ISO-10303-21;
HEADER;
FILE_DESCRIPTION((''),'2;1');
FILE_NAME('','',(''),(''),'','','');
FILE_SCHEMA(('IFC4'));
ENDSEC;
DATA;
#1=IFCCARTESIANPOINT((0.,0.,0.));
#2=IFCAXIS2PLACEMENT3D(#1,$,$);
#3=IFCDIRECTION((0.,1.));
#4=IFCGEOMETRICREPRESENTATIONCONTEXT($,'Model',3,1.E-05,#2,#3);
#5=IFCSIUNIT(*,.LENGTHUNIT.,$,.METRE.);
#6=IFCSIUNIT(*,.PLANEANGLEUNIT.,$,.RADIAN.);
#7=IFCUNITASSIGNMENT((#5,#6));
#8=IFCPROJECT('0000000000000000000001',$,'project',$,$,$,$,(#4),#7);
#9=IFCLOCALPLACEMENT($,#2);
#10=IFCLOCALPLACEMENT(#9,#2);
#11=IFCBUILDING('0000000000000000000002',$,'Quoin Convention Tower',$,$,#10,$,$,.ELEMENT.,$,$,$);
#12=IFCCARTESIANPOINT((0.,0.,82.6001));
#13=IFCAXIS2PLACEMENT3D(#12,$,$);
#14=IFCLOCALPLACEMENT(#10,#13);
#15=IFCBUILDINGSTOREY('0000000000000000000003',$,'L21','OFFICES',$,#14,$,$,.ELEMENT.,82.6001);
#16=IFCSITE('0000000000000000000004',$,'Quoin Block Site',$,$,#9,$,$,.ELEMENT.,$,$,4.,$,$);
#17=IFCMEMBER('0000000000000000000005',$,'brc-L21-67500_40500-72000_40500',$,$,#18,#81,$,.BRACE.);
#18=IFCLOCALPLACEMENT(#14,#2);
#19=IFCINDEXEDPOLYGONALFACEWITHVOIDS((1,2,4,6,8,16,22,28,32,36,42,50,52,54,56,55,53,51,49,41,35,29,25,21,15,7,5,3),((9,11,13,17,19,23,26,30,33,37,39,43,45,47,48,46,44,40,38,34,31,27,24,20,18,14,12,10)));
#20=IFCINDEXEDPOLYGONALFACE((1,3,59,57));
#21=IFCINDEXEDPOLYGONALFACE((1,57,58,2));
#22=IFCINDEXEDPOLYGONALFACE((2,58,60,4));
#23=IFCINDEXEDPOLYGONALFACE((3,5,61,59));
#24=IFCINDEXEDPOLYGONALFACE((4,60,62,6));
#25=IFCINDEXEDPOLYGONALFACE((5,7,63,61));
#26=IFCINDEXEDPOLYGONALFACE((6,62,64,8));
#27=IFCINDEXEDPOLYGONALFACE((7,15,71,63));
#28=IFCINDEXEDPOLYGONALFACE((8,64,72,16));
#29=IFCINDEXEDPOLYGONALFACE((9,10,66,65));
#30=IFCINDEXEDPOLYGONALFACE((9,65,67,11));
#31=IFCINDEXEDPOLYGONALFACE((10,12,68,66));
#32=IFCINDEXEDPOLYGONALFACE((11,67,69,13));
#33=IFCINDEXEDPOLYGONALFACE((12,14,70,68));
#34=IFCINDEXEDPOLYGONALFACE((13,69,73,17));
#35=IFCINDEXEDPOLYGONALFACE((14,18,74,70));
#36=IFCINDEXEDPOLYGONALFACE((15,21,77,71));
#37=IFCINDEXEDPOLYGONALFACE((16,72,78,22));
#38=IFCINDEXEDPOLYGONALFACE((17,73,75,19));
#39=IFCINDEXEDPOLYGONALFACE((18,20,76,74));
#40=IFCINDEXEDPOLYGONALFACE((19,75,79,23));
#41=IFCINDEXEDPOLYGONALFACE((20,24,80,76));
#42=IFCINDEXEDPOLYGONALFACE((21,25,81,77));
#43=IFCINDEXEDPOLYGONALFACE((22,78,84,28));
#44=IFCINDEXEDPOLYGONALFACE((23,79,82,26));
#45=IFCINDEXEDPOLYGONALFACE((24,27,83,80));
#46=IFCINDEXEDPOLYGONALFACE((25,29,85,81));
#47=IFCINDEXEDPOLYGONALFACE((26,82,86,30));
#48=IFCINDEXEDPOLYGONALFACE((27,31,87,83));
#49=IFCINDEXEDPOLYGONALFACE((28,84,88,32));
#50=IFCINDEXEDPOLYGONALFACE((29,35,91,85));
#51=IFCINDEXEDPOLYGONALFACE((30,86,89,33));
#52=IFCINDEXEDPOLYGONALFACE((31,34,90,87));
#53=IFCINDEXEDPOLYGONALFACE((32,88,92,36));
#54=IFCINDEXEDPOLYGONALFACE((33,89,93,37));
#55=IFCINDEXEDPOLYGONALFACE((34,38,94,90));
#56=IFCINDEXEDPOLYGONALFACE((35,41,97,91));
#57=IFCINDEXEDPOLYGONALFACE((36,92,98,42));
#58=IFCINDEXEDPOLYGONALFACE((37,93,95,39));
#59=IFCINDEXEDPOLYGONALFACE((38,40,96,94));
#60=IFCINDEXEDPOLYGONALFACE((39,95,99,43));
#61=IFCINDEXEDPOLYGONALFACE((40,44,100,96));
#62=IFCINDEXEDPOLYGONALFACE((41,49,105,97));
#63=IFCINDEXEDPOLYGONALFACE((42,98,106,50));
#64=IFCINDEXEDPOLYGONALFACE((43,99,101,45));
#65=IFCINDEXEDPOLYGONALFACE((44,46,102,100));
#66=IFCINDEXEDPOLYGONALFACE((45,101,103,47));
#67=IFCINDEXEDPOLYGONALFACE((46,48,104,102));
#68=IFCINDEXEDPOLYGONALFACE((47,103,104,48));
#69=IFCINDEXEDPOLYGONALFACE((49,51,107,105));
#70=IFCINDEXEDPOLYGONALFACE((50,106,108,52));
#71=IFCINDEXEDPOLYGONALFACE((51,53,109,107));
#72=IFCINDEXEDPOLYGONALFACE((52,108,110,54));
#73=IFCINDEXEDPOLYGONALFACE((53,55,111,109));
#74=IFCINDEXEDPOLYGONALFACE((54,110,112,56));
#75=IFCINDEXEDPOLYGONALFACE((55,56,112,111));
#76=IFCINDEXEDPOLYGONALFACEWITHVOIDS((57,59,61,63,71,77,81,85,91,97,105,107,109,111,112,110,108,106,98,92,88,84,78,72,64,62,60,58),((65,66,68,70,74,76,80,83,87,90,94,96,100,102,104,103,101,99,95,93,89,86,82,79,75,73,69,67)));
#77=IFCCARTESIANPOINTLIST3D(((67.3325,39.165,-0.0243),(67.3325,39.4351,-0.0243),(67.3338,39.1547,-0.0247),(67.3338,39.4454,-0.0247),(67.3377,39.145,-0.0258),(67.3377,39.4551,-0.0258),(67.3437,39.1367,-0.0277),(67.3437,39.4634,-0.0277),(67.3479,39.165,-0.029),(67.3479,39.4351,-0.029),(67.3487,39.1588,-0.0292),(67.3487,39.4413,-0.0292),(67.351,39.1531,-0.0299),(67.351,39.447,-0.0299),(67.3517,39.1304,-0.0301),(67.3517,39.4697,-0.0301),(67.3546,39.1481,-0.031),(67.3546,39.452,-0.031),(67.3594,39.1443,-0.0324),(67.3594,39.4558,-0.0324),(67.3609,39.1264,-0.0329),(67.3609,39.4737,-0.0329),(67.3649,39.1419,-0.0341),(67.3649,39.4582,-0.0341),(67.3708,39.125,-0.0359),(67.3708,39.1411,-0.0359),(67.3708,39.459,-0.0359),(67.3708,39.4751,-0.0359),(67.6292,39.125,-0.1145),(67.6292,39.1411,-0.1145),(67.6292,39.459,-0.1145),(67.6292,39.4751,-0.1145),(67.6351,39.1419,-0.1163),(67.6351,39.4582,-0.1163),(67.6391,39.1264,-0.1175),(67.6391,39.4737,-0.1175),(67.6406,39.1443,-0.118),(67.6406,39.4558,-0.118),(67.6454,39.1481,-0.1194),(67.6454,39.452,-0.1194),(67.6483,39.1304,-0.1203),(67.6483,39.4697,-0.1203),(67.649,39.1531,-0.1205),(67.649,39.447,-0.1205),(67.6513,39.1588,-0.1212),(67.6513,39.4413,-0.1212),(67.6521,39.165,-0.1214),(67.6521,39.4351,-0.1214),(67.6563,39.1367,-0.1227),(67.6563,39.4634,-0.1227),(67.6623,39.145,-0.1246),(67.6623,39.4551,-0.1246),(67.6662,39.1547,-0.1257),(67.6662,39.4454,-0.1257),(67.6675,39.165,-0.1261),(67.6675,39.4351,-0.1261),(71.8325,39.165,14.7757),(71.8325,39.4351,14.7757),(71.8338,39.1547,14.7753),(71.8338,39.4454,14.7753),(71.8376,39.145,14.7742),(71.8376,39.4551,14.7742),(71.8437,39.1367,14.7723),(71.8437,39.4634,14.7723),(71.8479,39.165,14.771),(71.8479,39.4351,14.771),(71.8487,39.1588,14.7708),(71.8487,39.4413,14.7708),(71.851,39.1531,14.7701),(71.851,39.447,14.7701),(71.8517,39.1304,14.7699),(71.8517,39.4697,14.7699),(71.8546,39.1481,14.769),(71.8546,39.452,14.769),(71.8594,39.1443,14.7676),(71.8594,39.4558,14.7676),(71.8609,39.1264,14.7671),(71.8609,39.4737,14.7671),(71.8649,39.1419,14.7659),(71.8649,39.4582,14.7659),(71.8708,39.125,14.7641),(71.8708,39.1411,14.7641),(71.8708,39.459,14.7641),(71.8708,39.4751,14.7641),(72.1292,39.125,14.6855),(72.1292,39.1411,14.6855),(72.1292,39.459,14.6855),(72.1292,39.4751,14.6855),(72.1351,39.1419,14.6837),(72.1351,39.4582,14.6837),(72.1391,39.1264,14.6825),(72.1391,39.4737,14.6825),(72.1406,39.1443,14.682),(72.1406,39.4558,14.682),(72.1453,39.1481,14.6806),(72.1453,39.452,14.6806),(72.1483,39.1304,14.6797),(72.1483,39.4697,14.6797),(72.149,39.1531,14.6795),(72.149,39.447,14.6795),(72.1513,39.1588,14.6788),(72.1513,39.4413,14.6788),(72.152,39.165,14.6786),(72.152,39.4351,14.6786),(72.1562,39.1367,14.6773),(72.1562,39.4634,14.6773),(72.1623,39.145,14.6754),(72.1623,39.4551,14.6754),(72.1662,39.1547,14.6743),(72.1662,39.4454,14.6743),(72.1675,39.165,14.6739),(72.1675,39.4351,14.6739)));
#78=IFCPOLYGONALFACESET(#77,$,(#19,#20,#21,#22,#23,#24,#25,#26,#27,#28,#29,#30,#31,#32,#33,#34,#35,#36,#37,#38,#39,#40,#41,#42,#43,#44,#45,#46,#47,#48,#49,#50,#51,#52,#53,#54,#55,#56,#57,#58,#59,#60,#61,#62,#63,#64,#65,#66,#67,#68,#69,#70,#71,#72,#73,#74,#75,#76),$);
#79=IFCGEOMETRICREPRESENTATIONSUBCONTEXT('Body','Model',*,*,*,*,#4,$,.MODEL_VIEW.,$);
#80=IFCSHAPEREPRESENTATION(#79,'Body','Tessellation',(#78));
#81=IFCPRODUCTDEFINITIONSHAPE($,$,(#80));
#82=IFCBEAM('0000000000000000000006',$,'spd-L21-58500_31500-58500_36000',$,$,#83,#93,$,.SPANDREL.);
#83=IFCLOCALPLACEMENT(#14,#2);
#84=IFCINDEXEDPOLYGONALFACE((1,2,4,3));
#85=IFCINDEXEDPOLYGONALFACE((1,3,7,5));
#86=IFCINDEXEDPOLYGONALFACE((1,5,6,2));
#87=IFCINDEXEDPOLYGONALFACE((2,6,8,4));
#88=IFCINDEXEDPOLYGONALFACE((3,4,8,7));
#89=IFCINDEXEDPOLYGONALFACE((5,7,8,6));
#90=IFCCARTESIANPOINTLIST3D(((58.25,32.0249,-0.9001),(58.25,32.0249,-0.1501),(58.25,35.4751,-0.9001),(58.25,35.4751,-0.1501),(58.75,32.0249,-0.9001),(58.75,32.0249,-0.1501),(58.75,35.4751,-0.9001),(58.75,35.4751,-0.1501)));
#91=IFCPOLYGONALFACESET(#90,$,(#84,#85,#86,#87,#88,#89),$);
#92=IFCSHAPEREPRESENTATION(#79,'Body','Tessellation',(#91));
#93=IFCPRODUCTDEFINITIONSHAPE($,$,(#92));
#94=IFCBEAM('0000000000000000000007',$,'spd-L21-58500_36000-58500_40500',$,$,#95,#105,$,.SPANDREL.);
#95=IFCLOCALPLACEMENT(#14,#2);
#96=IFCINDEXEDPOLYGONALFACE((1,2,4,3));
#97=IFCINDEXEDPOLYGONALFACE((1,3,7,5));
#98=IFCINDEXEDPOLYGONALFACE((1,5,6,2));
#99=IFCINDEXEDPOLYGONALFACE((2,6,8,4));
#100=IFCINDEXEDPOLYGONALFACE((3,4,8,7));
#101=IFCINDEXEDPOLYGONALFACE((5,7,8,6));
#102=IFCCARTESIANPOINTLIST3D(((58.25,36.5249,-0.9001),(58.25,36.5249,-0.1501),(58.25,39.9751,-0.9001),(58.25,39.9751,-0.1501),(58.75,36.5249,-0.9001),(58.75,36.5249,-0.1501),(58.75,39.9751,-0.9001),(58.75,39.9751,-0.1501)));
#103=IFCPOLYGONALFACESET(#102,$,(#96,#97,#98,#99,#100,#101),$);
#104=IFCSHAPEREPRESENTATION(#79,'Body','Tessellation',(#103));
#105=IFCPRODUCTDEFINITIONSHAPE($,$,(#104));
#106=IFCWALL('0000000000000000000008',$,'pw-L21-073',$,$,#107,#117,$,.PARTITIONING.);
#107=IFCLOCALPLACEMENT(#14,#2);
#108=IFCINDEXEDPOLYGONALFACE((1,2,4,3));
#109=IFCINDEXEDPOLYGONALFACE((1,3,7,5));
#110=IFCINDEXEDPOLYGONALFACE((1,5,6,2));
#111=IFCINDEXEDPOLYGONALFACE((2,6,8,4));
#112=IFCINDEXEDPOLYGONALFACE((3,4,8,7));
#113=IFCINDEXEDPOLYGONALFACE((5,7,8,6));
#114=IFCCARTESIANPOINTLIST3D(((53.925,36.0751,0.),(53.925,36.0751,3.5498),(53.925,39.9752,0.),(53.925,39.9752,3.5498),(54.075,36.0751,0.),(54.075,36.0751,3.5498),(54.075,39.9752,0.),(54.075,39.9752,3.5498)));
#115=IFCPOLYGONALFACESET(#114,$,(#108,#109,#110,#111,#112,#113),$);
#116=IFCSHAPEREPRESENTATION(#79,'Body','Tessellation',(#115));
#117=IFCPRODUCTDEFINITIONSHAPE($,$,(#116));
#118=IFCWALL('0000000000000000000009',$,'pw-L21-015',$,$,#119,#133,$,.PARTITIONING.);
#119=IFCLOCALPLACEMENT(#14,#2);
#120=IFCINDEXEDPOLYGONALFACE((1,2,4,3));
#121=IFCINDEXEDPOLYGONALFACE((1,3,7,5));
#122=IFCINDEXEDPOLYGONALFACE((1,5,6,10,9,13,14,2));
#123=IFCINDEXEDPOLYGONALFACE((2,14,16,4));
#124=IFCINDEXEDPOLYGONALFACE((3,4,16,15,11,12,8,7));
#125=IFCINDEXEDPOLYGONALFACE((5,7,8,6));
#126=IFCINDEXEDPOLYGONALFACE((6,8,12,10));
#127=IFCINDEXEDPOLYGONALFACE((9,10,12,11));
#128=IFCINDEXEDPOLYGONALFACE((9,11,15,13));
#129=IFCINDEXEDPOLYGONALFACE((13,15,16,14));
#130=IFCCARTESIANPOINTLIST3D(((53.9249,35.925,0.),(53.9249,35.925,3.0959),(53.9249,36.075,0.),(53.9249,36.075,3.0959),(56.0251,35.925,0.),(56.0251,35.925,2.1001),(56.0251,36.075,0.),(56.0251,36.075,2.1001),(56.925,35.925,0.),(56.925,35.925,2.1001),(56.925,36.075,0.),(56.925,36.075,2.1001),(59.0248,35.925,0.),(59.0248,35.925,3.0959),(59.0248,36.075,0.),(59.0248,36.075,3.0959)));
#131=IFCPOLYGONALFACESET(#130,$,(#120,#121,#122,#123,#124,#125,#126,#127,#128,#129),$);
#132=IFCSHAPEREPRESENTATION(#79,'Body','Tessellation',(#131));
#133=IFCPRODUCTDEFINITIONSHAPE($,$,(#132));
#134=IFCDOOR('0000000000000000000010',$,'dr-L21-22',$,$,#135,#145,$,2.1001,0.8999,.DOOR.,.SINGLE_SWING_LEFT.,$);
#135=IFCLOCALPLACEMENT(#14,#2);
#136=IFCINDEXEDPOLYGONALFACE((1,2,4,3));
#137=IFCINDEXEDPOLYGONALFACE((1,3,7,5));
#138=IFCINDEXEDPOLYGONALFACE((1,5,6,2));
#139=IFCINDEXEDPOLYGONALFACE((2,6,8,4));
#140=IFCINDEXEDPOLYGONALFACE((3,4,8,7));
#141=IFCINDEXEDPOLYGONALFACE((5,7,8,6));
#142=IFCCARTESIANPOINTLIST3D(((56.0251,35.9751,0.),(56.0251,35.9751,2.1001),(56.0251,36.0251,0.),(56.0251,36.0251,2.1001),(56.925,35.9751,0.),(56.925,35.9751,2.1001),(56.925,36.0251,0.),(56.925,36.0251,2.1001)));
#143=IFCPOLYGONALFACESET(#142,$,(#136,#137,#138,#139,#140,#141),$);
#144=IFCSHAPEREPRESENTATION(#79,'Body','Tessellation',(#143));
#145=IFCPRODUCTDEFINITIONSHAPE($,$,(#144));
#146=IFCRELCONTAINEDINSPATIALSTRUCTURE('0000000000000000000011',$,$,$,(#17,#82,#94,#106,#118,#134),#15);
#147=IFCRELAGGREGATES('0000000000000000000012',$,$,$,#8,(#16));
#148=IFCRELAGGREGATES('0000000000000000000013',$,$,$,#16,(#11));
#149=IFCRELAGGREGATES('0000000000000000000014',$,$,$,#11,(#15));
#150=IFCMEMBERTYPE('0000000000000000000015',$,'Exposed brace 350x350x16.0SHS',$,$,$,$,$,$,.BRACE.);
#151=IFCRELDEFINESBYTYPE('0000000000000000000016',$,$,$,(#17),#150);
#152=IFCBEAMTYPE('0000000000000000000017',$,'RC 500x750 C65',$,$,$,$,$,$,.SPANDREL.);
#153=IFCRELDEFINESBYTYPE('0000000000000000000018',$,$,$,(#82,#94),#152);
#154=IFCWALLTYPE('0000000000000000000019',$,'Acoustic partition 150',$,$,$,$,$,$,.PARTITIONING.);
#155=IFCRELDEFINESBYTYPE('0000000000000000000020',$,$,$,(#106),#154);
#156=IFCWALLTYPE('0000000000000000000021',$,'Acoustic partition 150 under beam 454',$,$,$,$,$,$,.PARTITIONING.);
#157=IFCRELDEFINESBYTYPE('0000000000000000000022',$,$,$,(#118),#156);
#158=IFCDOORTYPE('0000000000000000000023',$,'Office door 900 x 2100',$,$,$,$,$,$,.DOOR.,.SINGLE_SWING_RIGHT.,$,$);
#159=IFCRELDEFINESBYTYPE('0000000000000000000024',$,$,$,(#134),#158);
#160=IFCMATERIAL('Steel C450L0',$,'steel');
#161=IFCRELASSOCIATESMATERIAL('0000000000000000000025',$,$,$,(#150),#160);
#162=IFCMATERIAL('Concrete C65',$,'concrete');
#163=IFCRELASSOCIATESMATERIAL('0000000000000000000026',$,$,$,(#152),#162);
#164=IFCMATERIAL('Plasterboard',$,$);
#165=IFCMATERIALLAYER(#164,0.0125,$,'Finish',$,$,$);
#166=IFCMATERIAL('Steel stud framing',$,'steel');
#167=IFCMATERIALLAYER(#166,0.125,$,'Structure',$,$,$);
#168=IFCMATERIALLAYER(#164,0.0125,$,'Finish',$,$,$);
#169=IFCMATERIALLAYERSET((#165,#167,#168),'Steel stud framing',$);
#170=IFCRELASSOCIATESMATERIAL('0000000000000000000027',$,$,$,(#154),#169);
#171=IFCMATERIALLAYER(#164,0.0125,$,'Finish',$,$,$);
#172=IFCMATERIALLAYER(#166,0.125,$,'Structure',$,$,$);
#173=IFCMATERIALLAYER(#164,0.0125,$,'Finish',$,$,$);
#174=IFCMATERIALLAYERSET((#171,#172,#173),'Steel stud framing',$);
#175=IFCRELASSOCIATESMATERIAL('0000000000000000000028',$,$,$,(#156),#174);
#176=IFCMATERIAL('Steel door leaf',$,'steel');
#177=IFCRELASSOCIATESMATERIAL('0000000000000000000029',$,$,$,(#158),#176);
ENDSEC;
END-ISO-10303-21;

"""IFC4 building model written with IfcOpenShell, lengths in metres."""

from ifc_helpers import new_model, si_unit, direction, frame, frame_2d, origin, origin_2d, place, context, subcontext, project, spatial, rectangle, hollow_rectangle, extrude, material, layer, layer_set, material_profile, profile_set, type_object, element, fill, save


model = new_model("IFC4")

# Units and contexts
model_context = context("Model", 3, precision=1e-05, world=origin(), true_north=direction((0.0, 1.0)))
body_context = subcontext(model_context, "Body", "Model", "MODEL_VIEW")
ifc_project = project(units=[si_unit("LENGTHUNIT", "METRE"), si_unit("PLANEANGLEUNIT", "RADIAN")], contexts=[model_context])

# Site, building, storey
site_placement = place(None, origin())
site = spatial("IfcSite", under=ifc_project, at=site_placement, Name="Quoin Block Site", CompositionType="ELEMENT", RefElevation=4.0)
building_placement = place(site_placement, origin())
building = spatial("IfcBuilding", under=site, at=building_placement, Name="Quoin Convention Tower", CompositionType="ELEMENT")
storey_placement = place(building_placement, frame((0.0, 0.0, 82.6001)))
storey = spatial("IfcBuildingStorey", under=building, at=storey_placement, Name="L21", Description="OFFICES", CompositionType="ELEMENT", Elevation=82.6001)

# Shared definitions
ifc_material_1 = material(Name="Concrete C65", Category="concrete")

# Member
ifc_material_2 = material(Name="Steel C450L0", Category="steel")
ifc_material_profile_1 = material_profile(ifc_material_2, hollow_rectangle(XDim=0.3501, YDim=0.3501, WallThickness=0.0161, InnerFilletRadius=0.0239, OuterFilletRadius=0.04, at=origin_2d()), Name="350x350x16.0SHS")
ifc_profile_set_1 = profile_set([ifc_material_profile_1], Name="Steel C450L0")
member_type = type_object("IfcMemberType", Name="Exposed brace 350x350x16.0SHS", PredefinedType="BRACE", material=ifc_profile_set_1)
for number, where, z_axis, x_axis, name in (
    (1, (67.5, 39.3, -0.0752), (0.290903, 0.0, 0.956752), (0.0, 1.0, 0.0), "brc-L21-67500_40500-72000_40500"),
):
    element("IfcMember", number, at=place(storey_placement, frame(where, z_axis=z_axis, x_axis=x_axis)), inside=storey, type_object=member_type, Name=name, PredefinedType="BRACE", context=body_context, shape_type="SweptSolid", body=[
        extrude(hollow_rectangle(XDim=0.3501, YDim=0.3501, WallThickness=0.0161, InnerFilletRadius=0.0239, OuterFilletRadius=0.04, at=origin_2d()), origin(), (0.0, 0.0, 1.0), 15.469),
    ])

# Beams
ifc_material_profile_2 = material_profile(ifc_material_1, rectangle(XDim=0.5, YDim=0.75, at=origin_2d()), Name="RC 500x750")
ifc_profile_set_2 = profile_set([ifc_material_profile_2], Name="Concrete C65")
beam_type = type_object("IfcBeamType", Name="RC 500x750 C65", PredefinedType="SPANDREL", material=ifc_profile_set_2)
for number, where, z_axis, x_axis, name in (
    (2, (58.5, 32.0249, -0.5251), (0.0, 1.0, 0.0), (-1.0, 0.0, 0.0), "spd-L21-58500_31500-58500_36000"),
    (3, (58.5, 36.5249, -0.5251), (0.0, 1.0, 0.0), (-1.0, 0.0, 0.0), "spd-L21-58500_36000-58500_40500"),
):
    element("IfcBeam", number, at=place(storey_placement, frame(where, z_axis=z_axis, x_axis=x_axis)), inside=storey, type_object=beam_type, Name=name, PredefinedType="SPANDREL", context=body_context, shape_type="SweptSolid", body=[
        extrude(rectangle(XDim=0.5, YDim=0.75, at=origin_2d()), origin(), (0.0, 0.0, 1.0), 3.4502),
    ])

# Wall
ifc_material_3 = material(Name="Plasterboard")
ifc_layer_1 = layer(ifc_material_3, 0.0125, Name="Finish")
ifc_material_4 = material(Name="Steel stud framing", Category="steel")
ifc_layer_2 = layer(ifc_material_4, 0.125, Name="Structure")
ifc_layer_3 = layer(ifc_material_3, 0.0125, Name="Finish")
ifc_layer_set_1 = layer_set([ifc_layer_1, ifc_layer_2, ifc_layer_3], Name="Steel stud framing")
wall_type_1 = type_object("IfcWallType", Name="Acoustic partition 150", PredefinedType="PARTITIONING", material=ifc_layer_set_1)
wall_1_placement = place(storey_placement, frame((54.0, 36.075, 0.0), z_axis=(0.0, 0.0, 1.0), x_axis=(0.0, 1.0, 0.0)))
element("IfcWall", 4, at=wall_1_placement, inside=storey, type_object=wall_type_1, Name="pw-L21-073", PredefinedType="PARTITIONING", context=body_context, shape_type="SweptSolid", body=[
    extrude(rectangle(XDim=3.9001, YDim=0.1499, at=frame_2d((1.9502, 0.0))), origin(), (0.0, 0.0, 1.0), 3.5498),
])

# Wall, opening, door
ifc_layer_4 = layer(ifc_material_3, 0.0125, Name="Finish")
ifc_layer_5 = layer(ifc_material_4, 0.125, Name="Structure")
ifc_layer_6 = layer(ifc_material_3, 0.0125, Name="Finish")
ifc_layer_set_2 = layer_set([ifc_layer_4, ifc_layer_5, ifc_layer_6], Name="Steel stud framing")
wall_type_2 = type_object("IfcWallType", Name="Acoustic partition 150 under beam 454", PredefinedType="PARTITIONING", material=ifc_layer_set_2)
wall_2_placement = place(storey_placement, frame((53.925, 36.0, 0.0), z_axis=(0.0, 0.0, 1.0), x_axis=(1.0, 0.0, 0.0)))
wall_2 = element("IfcWall", 5, at=wall_2_placement, inside=storey, type_object=wall_type_2, Name="pw-L21-015", PredefinedType="PARTITIONING", context=body_context, shape_type="SweptSolid", body=[
    extrude(rectangle(XDim=5.0999, YDim=0.1499, at=frame_2d((2.5498, 0.0))), origin(), (0.0, 0.0, 1.0), 3.0959),
])
opening_1_placement = place(wall_2_placement, frame((2.1001, 0.0, 0.0)))
opening_1 = element("IfcOpeningElement", 6, at=opening_1_placement, cuts=wall_2, PredefinedType="OPENING", context=body_context, shape_type="SweptSolid", body=[
    extrude(rectangle(XDim=0.8999, YDim=2.1001, at=frame_2d((0.45, 1.05))), frame((0.0, 0.085, 0.0), z_axis=(0.0, -1.0, 0.0), x_axis=(1.0, 0.0, 0.0)), (0.0, 0.0, 1.0), 0.1699),
])
ifc_material_5 = material(Name="Steel door leaf", Category="steel")
door_type = type_object("IfcDoorType", Name="Office door 900 x 2100", OperationType="SINGLE_SWING_RIGHT", PredefinedType="DOOR", material=ifc_material_5)
door_placement = place(opening_1_placement, frame((0.8999, 0.0, 0.0), z_axis=(0.0, 0.0, 1.0), x_axis=(-1.0, 0.0, 0.0)))
door = element("IfcDoor", 7, at=door_placement, inside=storey, type_object=door_type, Name="dr-L21-22", OperationType="SINGLE_SWING_LEFT", OverallHeight=2.1001, OverallWidth=0.8999, PredefinedType="DOOR", context=body_context, shape_type="SweptSolid", body=[
    extrude(rectangle(XDim=0.8999, YDim=2.1001, at=frame_2d((0.45, 1.05))), frame((0.0, 0.0249, 0.0), z_axis=(0.0, -1.0, 0.0), x_axis=(1.0, 0.0, 0.0)), (0.0, 0.0, 1.0), 0.05),
])
fill(opening_1, door)

save(model, "model.ifc")
